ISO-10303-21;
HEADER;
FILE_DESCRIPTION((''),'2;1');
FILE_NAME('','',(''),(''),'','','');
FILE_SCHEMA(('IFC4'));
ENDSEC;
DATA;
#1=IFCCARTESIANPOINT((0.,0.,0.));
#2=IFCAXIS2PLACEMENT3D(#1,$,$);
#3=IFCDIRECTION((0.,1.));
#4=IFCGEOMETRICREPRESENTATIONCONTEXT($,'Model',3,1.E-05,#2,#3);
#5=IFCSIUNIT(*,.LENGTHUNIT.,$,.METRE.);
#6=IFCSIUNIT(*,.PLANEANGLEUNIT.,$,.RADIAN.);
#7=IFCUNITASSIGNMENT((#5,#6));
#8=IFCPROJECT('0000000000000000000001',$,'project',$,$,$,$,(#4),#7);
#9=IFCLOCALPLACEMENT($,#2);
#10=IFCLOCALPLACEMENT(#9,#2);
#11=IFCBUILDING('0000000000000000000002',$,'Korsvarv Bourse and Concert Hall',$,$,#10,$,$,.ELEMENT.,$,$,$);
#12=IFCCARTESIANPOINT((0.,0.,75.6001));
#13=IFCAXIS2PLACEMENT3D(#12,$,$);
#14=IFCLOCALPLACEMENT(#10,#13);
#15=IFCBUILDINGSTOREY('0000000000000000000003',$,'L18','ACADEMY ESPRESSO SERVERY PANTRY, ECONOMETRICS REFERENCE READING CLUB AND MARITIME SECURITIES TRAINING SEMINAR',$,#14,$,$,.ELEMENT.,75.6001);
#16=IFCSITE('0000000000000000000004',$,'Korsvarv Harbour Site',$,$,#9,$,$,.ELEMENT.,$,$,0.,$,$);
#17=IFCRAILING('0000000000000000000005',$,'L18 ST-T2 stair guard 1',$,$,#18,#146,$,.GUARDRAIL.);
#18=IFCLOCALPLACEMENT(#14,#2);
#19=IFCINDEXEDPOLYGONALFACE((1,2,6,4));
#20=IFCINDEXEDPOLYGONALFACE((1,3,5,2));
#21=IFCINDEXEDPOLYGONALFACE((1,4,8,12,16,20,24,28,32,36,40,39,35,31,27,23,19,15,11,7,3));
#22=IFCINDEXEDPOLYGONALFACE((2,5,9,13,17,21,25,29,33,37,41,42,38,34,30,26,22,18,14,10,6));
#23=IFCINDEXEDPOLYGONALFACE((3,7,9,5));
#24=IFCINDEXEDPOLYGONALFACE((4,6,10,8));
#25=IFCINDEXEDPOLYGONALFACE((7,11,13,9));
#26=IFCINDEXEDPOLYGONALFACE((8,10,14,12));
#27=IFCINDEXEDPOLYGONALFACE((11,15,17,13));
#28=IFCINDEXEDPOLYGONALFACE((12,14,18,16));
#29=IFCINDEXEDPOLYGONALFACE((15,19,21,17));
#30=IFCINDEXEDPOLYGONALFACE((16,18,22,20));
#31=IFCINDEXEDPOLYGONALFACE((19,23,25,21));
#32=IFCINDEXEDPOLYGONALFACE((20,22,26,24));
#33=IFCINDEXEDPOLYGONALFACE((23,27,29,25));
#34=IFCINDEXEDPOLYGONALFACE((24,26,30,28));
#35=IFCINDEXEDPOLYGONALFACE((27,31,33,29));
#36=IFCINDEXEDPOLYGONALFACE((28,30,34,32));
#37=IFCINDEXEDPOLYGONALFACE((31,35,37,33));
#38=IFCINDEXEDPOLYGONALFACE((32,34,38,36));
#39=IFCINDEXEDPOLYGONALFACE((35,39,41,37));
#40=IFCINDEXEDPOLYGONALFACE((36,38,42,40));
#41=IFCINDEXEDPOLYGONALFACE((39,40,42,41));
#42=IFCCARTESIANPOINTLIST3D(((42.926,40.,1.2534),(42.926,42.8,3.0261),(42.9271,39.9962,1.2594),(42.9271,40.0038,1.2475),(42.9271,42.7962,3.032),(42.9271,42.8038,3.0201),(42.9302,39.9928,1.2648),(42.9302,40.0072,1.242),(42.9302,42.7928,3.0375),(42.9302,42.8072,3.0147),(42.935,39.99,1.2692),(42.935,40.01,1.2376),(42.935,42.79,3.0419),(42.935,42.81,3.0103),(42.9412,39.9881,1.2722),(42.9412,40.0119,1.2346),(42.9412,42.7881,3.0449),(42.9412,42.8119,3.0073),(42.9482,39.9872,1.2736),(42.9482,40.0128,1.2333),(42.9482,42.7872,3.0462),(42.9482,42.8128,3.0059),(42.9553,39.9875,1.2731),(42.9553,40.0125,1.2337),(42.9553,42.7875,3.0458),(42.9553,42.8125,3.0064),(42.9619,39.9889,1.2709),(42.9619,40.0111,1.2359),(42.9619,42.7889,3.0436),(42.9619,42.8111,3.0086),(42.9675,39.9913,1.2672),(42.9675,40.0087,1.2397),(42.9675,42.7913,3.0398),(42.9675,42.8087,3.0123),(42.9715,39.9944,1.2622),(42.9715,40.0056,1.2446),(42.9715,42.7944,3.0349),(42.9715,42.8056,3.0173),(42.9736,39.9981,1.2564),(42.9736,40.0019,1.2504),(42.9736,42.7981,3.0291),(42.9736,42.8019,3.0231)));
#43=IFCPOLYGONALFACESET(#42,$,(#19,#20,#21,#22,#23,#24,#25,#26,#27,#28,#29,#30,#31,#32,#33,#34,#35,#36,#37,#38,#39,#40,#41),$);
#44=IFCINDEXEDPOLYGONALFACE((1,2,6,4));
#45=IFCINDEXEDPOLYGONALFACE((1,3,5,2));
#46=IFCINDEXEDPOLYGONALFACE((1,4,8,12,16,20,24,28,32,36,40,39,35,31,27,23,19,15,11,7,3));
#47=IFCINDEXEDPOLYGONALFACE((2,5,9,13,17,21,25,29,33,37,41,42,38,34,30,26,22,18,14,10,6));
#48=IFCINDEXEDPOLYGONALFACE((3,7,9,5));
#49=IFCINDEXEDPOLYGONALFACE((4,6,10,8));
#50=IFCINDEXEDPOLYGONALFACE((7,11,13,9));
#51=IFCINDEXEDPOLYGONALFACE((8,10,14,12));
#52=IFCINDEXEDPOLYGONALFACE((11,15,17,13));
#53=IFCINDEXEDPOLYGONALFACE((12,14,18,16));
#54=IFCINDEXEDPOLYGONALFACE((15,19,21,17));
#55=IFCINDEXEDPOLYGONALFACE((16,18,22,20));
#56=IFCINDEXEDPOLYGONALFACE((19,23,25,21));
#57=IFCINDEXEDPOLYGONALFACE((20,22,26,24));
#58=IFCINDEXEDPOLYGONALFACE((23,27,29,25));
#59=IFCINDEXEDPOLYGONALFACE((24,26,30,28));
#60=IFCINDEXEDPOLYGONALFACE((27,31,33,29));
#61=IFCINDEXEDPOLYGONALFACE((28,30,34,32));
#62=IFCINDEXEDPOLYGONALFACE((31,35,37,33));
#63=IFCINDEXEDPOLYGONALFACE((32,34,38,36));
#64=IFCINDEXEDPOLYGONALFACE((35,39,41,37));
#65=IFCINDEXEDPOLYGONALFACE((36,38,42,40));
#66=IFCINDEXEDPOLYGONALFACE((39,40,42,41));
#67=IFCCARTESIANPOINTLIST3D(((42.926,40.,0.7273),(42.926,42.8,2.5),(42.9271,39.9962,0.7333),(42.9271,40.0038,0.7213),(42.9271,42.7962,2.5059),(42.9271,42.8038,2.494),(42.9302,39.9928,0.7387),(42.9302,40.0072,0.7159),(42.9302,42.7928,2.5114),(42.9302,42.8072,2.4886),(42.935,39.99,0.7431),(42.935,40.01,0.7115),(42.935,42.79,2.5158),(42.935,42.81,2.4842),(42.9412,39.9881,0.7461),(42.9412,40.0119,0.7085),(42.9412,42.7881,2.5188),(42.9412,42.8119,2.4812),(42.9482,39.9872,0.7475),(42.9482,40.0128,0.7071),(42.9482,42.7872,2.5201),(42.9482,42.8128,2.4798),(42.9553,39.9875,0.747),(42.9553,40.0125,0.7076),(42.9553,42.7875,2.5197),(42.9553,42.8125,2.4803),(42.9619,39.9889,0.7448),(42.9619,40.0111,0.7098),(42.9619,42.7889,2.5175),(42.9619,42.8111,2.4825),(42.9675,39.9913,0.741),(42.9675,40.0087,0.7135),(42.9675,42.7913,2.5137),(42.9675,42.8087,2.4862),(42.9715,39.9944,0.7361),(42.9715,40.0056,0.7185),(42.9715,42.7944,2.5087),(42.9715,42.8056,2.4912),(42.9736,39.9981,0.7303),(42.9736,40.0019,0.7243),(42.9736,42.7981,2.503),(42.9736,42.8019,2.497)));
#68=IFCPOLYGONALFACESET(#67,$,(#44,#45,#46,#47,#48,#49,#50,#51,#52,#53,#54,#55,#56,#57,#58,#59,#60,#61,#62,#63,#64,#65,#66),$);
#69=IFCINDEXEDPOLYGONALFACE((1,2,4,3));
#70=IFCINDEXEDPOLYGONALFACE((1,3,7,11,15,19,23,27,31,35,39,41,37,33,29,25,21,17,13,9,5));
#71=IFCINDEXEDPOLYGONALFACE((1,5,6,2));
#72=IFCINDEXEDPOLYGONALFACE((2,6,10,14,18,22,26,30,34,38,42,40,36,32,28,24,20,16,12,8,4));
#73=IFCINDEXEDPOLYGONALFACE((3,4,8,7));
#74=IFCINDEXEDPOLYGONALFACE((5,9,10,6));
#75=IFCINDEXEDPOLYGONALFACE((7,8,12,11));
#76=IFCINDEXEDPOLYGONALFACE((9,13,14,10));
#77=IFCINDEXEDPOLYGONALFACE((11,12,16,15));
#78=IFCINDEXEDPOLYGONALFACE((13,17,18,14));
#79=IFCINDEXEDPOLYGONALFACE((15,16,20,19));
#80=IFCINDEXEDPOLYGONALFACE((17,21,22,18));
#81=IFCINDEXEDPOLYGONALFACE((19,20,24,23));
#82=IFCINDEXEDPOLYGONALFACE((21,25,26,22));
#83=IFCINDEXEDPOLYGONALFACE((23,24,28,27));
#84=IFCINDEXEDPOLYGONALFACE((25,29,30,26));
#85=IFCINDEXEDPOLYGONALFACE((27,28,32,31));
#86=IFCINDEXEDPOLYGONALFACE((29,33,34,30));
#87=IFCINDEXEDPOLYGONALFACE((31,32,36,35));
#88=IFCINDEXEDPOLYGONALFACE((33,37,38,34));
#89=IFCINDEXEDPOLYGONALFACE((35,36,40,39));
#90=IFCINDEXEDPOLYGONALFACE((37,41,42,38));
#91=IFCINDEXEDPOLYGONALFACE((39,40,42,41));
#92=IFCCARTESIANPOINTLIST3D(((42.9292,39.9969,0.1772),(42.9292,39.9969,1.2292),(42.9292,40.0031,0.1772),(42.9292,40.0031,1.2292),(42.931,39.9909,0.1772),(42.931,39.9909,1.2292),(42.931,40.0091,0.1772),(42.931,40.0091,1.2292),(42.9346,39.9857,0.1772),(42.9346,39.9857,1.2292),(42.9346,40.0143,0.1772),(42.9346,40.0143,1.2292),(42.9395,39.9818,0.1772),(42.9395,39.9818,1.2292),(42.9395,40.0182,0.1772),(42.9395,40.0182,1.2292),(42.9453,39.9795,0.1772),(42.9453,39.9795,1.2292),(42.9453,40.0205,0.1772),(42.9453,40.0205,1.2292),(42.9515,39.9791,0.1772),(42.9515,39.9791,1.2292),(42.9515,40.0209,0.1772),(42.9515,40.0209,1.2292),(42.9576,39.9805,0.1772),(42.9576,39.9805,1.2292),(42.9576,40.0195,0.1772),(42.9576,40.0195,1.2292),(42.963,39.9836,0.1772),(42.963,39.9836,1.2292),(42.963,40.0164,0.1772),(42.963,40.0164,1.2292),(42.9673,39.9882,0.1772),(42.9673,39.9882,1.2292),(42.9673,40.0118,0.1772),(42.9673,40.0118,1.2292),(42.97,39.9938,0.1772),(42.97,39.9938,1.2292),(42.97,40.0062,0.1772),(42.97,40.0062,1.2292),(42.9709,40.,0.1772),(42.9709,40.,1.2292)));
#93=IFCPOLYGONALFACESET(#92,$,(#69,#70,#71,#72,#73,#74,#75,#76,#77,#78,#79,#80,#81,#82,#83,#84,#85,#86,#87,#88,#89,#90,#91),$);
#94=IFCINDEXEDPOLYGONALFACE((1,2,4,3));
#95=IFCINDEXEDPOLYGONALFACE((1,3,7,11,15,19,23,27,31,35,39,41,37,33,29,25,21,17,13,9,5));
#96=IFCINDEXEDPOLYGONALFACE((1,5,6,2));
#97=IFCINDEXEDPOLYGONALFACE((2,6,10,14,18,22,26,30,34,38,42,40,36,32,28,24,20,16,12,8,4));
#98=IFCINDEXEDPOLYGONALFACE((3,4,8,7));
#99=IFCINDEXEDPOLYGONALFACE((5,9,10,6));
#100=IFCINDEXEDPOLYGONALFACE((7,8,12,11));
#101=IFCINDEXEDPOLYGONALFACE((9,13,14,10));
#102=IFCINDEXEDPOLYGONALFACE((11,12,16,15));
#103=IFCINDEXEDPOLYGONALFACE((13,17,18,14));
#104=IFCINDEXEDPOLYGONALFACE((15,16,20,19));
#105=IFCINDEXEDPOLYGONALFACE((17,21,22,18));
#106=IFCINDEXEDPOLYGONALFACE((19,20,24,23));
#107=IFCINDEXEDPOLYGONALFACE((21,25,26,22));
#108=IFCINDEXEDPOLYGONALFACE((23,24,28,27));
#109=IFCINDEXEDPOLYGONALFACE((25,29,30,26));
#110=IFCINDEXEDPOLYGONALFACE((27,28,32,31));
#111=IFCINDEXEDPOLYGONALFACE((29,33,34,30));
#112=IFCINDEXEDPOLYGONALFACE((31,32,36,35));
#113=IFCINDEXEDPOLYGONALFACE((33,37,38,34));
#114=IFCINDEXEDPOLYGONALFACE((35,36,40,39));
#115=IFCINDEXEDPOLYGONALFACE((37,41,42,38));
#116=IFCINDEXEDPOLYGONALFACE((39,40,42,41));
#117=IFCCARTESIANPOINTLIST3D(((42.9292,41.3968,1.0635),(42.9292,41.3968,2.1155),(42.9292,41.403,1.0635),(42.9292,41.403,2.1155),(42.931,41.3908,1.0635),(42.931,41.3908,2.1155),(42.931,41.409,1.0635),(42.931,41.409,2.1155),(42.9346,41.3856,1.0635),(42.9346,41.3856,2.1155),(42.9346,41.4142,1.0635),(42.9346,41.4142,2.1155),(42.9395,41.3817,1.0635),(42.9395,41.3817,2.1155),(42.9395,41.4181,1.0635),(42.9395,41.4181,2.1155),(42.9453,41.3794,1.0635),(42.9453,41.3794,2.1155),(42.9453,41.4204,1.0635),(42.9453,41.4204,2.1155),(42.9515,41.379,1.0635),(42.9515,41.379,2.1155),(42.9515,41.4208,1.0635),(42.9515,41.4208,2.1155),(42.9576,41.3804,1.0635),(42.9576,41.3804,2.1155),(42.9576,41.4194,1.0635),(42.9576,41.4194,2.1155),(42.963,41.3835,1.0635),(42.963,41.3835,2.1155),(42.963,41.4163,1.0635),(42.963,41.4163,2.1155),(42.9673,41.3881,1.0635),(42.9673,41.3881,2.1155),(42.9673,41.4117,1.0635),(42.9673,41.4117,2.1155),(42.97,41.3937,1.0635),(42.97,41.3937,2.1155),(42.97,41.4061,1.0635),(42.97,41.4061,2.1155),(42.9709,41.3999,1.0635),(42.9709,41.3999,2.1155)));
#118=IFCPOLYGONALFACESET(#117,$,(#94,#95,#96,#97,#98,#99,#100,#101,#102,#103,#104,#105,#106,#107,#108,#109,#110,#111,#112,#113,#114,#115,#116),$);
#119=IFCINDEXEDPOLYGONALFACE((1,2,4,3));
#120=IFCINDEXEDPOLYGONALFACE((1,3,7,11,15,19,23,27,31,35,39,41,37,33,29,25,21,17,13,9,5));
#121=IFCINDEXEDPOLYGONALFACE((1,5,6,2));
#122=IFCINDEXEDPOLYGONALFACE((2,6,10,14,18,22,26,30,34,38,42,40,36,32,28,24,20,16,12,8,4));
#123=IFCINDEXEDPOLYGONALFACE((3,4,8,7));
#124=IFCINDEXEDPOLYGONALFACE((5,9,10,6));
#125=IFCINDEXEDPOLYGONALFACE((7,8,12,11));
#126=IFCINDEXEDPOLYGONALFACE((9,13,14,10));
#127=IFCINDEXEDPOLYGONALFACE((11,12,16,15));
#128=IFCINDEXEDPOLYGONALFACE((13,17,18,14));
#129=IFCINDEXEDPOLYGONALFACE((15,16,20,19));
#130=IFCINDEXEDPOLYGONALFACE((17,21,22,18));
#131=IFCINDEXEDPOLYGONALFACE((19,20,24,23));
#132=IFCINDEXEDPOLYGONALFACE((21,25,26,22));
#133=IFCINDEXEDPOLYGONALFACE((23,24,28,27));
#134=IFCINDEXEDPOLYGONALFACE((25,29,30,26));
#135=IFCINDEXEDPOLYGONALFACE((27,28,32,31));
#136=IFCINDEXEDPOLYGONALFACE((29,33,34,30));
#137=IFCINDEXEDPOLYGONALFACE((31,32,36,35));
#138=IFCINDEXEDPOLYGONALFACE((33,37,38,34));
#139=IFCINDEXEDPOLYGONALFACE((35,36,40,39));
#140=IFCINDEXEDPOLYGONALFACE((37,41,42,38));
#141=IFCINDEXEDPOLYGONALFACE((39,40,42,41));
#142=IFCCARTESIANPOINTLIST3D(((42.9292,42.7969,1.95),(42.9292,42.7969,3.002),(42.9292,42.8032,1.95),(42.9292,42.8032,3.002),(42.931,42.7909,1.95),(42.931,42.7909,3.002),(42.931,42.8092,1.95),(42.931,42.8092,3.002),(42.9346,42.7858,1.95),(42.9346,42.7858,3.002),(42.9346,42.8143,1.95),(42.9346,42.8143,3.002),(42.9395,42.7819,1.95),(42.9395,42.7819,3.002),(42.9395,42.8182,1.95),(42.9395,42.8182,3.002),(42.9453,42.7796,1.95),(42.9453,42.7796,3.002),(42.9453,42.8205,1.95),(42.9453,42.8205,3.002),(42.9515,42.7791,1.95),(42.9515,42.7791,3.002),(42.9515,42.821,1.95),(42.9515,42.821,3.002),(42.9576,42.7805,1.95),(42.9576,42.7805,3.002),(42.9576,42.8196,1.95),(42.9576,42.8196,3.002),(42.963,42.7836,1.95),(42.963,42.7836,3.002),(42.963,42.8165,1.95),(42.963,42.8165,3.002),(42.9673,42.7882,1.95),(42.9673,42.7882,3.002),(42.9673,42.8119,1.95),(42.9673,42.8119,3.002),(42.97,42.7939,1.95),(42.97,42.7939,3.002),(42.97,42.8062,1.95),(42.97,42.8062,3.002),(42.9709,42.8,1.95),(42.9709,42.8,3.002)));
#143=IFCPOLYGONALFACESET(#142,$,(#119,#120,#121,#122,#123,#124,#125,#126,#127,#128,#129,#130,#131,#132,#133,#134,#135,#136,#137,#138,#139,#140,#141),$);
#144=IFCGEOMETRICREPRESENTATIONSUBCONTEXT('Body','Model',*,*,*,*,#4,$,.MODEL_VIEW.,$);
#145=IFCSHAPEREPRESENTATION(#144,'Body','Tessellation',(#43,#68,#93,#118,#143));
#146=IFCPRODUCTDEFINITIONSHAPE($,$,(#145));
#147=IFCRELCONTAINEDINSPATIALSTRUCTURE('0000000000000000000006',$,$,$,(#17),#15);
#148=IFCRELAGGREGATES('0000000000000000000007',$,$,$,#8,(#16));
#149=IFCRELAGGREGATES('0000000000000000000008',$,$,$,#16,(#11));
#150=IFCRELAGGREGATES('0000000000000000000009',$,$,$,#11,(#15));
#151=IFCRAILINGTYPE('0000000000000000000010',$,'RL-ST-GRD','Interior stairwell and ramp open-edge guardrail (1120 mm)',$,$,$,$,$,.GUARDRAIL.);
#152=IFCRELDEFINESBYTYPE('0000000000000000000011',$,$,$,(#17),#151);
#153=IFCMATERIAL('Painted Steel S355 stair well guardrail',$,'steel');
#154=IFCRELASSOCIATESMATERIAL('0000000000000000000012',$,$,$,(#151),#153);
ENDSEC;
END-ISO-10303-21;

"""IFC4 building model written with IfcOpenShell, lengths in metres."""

from ifc_helpers import new_model, si_unit, direction, frame, origin, origin_2d, place, context, subcontext, project, spatial, circle, extrude, material, type_object, element, save


model = new_model("IFC4")

# Units and contexts
model_context = context("Model", 3, precision=1e-05, world=origin(), true_north=direction((0.0, 1.0)))
body_context = subcontext(model_context, "Body", "Model", "MODEL_VIEW")
ifc_project = project(units=[si_unit("LENGTHUNIT", "METRE"), si_unit("PLANEANGLEUNIT", "RADIAN")], contexts=[model_context])

# Site, building, storey
site_placement = place(None, origin())
site = spatial("IfcSite", under=ifc_project, at=site_placement, Name="Korsvarv Harbour Site", CompositionType="ELEMENT", RefElevation=0.0)
building_placement = place(site_placement, origin())
building = spatial("IfcBuilding", under=site, at=building_placement, Name="Korsvarv Bourse and Concert Hall", CompositionType="ELEMENT")
storey_placement = place(building_placement, frame((0.0, 0.0, 75.6001)))
storey = spatial("IfcBuildingStorey", under=building, at=storey_placement, Name="L18", Description="ACADEMY ESPRESSO SERVERY PANTRY, ECONOMETRICS REFERENCE READING CLUB AND MARITIME SECURITIES TRAINING SEMINAR", CompositionType="ELEMENT", Elevation=75.6001)

# Railing
ifc_material_1 = material(Name="Painted Steel S355 stair well guardrail", Category="steel")
railing_type_1 = type_object("IfcRailingType", Name="RL-ST-GRD", Description="Interior stairwell and ramp open-edge guardrail (1120 mm)", PredefinedType="GUARDRAIL", material=ifc_material_1)
railing_1_placement = place(storey_placement, frame((42.95, 40.0, 0.1772)))
element("IfcRailing", 1, at=railing_1_placement, inside=storey, type_object=railing_type_1, Name="L18 ST-T2 stair guard 1", PredefinedType="GUARDRAIL", context=body_context, shape_type="SweptSolid", body=[
    extrude(circle(Radius=0.0239, at=origin_2d()), frame((0.0, 0.0, 1.0762), z_axis=(0.0, 0.844909, 0.53491), x_axis=(-1.0, 0.0, 0.0)), (0.0, 0.0, 1.0), 3.314),
    extrude(circle(Radius=0.0239, at=origin_2d()), frame((0.0, 0.0, 0.55), z_axis=(0.0, 0.844909, 0.53491), x_axis=(-1.0, 0.0, 0.0)), (0.0, 0.0, 1.0), 3.314),
    extrude(circle(Radius=0.021, at=origin_2d()), origin(), (0.0, 0.0, 1.0), 1.052),
    extrude(circle(Radius=0.021, at=origin_2d()), frame((0.0, 1.3999, 0.8862)), (0.0, 0.0, 1.0), 1.052),
    extrude(circle(Radius=0.021, at=origin_2d()), frame((0.0, 2.8, 1.7727)), (0.0, 0.0, 1.0), 1.052),
])

save(model, "model.ifc")
